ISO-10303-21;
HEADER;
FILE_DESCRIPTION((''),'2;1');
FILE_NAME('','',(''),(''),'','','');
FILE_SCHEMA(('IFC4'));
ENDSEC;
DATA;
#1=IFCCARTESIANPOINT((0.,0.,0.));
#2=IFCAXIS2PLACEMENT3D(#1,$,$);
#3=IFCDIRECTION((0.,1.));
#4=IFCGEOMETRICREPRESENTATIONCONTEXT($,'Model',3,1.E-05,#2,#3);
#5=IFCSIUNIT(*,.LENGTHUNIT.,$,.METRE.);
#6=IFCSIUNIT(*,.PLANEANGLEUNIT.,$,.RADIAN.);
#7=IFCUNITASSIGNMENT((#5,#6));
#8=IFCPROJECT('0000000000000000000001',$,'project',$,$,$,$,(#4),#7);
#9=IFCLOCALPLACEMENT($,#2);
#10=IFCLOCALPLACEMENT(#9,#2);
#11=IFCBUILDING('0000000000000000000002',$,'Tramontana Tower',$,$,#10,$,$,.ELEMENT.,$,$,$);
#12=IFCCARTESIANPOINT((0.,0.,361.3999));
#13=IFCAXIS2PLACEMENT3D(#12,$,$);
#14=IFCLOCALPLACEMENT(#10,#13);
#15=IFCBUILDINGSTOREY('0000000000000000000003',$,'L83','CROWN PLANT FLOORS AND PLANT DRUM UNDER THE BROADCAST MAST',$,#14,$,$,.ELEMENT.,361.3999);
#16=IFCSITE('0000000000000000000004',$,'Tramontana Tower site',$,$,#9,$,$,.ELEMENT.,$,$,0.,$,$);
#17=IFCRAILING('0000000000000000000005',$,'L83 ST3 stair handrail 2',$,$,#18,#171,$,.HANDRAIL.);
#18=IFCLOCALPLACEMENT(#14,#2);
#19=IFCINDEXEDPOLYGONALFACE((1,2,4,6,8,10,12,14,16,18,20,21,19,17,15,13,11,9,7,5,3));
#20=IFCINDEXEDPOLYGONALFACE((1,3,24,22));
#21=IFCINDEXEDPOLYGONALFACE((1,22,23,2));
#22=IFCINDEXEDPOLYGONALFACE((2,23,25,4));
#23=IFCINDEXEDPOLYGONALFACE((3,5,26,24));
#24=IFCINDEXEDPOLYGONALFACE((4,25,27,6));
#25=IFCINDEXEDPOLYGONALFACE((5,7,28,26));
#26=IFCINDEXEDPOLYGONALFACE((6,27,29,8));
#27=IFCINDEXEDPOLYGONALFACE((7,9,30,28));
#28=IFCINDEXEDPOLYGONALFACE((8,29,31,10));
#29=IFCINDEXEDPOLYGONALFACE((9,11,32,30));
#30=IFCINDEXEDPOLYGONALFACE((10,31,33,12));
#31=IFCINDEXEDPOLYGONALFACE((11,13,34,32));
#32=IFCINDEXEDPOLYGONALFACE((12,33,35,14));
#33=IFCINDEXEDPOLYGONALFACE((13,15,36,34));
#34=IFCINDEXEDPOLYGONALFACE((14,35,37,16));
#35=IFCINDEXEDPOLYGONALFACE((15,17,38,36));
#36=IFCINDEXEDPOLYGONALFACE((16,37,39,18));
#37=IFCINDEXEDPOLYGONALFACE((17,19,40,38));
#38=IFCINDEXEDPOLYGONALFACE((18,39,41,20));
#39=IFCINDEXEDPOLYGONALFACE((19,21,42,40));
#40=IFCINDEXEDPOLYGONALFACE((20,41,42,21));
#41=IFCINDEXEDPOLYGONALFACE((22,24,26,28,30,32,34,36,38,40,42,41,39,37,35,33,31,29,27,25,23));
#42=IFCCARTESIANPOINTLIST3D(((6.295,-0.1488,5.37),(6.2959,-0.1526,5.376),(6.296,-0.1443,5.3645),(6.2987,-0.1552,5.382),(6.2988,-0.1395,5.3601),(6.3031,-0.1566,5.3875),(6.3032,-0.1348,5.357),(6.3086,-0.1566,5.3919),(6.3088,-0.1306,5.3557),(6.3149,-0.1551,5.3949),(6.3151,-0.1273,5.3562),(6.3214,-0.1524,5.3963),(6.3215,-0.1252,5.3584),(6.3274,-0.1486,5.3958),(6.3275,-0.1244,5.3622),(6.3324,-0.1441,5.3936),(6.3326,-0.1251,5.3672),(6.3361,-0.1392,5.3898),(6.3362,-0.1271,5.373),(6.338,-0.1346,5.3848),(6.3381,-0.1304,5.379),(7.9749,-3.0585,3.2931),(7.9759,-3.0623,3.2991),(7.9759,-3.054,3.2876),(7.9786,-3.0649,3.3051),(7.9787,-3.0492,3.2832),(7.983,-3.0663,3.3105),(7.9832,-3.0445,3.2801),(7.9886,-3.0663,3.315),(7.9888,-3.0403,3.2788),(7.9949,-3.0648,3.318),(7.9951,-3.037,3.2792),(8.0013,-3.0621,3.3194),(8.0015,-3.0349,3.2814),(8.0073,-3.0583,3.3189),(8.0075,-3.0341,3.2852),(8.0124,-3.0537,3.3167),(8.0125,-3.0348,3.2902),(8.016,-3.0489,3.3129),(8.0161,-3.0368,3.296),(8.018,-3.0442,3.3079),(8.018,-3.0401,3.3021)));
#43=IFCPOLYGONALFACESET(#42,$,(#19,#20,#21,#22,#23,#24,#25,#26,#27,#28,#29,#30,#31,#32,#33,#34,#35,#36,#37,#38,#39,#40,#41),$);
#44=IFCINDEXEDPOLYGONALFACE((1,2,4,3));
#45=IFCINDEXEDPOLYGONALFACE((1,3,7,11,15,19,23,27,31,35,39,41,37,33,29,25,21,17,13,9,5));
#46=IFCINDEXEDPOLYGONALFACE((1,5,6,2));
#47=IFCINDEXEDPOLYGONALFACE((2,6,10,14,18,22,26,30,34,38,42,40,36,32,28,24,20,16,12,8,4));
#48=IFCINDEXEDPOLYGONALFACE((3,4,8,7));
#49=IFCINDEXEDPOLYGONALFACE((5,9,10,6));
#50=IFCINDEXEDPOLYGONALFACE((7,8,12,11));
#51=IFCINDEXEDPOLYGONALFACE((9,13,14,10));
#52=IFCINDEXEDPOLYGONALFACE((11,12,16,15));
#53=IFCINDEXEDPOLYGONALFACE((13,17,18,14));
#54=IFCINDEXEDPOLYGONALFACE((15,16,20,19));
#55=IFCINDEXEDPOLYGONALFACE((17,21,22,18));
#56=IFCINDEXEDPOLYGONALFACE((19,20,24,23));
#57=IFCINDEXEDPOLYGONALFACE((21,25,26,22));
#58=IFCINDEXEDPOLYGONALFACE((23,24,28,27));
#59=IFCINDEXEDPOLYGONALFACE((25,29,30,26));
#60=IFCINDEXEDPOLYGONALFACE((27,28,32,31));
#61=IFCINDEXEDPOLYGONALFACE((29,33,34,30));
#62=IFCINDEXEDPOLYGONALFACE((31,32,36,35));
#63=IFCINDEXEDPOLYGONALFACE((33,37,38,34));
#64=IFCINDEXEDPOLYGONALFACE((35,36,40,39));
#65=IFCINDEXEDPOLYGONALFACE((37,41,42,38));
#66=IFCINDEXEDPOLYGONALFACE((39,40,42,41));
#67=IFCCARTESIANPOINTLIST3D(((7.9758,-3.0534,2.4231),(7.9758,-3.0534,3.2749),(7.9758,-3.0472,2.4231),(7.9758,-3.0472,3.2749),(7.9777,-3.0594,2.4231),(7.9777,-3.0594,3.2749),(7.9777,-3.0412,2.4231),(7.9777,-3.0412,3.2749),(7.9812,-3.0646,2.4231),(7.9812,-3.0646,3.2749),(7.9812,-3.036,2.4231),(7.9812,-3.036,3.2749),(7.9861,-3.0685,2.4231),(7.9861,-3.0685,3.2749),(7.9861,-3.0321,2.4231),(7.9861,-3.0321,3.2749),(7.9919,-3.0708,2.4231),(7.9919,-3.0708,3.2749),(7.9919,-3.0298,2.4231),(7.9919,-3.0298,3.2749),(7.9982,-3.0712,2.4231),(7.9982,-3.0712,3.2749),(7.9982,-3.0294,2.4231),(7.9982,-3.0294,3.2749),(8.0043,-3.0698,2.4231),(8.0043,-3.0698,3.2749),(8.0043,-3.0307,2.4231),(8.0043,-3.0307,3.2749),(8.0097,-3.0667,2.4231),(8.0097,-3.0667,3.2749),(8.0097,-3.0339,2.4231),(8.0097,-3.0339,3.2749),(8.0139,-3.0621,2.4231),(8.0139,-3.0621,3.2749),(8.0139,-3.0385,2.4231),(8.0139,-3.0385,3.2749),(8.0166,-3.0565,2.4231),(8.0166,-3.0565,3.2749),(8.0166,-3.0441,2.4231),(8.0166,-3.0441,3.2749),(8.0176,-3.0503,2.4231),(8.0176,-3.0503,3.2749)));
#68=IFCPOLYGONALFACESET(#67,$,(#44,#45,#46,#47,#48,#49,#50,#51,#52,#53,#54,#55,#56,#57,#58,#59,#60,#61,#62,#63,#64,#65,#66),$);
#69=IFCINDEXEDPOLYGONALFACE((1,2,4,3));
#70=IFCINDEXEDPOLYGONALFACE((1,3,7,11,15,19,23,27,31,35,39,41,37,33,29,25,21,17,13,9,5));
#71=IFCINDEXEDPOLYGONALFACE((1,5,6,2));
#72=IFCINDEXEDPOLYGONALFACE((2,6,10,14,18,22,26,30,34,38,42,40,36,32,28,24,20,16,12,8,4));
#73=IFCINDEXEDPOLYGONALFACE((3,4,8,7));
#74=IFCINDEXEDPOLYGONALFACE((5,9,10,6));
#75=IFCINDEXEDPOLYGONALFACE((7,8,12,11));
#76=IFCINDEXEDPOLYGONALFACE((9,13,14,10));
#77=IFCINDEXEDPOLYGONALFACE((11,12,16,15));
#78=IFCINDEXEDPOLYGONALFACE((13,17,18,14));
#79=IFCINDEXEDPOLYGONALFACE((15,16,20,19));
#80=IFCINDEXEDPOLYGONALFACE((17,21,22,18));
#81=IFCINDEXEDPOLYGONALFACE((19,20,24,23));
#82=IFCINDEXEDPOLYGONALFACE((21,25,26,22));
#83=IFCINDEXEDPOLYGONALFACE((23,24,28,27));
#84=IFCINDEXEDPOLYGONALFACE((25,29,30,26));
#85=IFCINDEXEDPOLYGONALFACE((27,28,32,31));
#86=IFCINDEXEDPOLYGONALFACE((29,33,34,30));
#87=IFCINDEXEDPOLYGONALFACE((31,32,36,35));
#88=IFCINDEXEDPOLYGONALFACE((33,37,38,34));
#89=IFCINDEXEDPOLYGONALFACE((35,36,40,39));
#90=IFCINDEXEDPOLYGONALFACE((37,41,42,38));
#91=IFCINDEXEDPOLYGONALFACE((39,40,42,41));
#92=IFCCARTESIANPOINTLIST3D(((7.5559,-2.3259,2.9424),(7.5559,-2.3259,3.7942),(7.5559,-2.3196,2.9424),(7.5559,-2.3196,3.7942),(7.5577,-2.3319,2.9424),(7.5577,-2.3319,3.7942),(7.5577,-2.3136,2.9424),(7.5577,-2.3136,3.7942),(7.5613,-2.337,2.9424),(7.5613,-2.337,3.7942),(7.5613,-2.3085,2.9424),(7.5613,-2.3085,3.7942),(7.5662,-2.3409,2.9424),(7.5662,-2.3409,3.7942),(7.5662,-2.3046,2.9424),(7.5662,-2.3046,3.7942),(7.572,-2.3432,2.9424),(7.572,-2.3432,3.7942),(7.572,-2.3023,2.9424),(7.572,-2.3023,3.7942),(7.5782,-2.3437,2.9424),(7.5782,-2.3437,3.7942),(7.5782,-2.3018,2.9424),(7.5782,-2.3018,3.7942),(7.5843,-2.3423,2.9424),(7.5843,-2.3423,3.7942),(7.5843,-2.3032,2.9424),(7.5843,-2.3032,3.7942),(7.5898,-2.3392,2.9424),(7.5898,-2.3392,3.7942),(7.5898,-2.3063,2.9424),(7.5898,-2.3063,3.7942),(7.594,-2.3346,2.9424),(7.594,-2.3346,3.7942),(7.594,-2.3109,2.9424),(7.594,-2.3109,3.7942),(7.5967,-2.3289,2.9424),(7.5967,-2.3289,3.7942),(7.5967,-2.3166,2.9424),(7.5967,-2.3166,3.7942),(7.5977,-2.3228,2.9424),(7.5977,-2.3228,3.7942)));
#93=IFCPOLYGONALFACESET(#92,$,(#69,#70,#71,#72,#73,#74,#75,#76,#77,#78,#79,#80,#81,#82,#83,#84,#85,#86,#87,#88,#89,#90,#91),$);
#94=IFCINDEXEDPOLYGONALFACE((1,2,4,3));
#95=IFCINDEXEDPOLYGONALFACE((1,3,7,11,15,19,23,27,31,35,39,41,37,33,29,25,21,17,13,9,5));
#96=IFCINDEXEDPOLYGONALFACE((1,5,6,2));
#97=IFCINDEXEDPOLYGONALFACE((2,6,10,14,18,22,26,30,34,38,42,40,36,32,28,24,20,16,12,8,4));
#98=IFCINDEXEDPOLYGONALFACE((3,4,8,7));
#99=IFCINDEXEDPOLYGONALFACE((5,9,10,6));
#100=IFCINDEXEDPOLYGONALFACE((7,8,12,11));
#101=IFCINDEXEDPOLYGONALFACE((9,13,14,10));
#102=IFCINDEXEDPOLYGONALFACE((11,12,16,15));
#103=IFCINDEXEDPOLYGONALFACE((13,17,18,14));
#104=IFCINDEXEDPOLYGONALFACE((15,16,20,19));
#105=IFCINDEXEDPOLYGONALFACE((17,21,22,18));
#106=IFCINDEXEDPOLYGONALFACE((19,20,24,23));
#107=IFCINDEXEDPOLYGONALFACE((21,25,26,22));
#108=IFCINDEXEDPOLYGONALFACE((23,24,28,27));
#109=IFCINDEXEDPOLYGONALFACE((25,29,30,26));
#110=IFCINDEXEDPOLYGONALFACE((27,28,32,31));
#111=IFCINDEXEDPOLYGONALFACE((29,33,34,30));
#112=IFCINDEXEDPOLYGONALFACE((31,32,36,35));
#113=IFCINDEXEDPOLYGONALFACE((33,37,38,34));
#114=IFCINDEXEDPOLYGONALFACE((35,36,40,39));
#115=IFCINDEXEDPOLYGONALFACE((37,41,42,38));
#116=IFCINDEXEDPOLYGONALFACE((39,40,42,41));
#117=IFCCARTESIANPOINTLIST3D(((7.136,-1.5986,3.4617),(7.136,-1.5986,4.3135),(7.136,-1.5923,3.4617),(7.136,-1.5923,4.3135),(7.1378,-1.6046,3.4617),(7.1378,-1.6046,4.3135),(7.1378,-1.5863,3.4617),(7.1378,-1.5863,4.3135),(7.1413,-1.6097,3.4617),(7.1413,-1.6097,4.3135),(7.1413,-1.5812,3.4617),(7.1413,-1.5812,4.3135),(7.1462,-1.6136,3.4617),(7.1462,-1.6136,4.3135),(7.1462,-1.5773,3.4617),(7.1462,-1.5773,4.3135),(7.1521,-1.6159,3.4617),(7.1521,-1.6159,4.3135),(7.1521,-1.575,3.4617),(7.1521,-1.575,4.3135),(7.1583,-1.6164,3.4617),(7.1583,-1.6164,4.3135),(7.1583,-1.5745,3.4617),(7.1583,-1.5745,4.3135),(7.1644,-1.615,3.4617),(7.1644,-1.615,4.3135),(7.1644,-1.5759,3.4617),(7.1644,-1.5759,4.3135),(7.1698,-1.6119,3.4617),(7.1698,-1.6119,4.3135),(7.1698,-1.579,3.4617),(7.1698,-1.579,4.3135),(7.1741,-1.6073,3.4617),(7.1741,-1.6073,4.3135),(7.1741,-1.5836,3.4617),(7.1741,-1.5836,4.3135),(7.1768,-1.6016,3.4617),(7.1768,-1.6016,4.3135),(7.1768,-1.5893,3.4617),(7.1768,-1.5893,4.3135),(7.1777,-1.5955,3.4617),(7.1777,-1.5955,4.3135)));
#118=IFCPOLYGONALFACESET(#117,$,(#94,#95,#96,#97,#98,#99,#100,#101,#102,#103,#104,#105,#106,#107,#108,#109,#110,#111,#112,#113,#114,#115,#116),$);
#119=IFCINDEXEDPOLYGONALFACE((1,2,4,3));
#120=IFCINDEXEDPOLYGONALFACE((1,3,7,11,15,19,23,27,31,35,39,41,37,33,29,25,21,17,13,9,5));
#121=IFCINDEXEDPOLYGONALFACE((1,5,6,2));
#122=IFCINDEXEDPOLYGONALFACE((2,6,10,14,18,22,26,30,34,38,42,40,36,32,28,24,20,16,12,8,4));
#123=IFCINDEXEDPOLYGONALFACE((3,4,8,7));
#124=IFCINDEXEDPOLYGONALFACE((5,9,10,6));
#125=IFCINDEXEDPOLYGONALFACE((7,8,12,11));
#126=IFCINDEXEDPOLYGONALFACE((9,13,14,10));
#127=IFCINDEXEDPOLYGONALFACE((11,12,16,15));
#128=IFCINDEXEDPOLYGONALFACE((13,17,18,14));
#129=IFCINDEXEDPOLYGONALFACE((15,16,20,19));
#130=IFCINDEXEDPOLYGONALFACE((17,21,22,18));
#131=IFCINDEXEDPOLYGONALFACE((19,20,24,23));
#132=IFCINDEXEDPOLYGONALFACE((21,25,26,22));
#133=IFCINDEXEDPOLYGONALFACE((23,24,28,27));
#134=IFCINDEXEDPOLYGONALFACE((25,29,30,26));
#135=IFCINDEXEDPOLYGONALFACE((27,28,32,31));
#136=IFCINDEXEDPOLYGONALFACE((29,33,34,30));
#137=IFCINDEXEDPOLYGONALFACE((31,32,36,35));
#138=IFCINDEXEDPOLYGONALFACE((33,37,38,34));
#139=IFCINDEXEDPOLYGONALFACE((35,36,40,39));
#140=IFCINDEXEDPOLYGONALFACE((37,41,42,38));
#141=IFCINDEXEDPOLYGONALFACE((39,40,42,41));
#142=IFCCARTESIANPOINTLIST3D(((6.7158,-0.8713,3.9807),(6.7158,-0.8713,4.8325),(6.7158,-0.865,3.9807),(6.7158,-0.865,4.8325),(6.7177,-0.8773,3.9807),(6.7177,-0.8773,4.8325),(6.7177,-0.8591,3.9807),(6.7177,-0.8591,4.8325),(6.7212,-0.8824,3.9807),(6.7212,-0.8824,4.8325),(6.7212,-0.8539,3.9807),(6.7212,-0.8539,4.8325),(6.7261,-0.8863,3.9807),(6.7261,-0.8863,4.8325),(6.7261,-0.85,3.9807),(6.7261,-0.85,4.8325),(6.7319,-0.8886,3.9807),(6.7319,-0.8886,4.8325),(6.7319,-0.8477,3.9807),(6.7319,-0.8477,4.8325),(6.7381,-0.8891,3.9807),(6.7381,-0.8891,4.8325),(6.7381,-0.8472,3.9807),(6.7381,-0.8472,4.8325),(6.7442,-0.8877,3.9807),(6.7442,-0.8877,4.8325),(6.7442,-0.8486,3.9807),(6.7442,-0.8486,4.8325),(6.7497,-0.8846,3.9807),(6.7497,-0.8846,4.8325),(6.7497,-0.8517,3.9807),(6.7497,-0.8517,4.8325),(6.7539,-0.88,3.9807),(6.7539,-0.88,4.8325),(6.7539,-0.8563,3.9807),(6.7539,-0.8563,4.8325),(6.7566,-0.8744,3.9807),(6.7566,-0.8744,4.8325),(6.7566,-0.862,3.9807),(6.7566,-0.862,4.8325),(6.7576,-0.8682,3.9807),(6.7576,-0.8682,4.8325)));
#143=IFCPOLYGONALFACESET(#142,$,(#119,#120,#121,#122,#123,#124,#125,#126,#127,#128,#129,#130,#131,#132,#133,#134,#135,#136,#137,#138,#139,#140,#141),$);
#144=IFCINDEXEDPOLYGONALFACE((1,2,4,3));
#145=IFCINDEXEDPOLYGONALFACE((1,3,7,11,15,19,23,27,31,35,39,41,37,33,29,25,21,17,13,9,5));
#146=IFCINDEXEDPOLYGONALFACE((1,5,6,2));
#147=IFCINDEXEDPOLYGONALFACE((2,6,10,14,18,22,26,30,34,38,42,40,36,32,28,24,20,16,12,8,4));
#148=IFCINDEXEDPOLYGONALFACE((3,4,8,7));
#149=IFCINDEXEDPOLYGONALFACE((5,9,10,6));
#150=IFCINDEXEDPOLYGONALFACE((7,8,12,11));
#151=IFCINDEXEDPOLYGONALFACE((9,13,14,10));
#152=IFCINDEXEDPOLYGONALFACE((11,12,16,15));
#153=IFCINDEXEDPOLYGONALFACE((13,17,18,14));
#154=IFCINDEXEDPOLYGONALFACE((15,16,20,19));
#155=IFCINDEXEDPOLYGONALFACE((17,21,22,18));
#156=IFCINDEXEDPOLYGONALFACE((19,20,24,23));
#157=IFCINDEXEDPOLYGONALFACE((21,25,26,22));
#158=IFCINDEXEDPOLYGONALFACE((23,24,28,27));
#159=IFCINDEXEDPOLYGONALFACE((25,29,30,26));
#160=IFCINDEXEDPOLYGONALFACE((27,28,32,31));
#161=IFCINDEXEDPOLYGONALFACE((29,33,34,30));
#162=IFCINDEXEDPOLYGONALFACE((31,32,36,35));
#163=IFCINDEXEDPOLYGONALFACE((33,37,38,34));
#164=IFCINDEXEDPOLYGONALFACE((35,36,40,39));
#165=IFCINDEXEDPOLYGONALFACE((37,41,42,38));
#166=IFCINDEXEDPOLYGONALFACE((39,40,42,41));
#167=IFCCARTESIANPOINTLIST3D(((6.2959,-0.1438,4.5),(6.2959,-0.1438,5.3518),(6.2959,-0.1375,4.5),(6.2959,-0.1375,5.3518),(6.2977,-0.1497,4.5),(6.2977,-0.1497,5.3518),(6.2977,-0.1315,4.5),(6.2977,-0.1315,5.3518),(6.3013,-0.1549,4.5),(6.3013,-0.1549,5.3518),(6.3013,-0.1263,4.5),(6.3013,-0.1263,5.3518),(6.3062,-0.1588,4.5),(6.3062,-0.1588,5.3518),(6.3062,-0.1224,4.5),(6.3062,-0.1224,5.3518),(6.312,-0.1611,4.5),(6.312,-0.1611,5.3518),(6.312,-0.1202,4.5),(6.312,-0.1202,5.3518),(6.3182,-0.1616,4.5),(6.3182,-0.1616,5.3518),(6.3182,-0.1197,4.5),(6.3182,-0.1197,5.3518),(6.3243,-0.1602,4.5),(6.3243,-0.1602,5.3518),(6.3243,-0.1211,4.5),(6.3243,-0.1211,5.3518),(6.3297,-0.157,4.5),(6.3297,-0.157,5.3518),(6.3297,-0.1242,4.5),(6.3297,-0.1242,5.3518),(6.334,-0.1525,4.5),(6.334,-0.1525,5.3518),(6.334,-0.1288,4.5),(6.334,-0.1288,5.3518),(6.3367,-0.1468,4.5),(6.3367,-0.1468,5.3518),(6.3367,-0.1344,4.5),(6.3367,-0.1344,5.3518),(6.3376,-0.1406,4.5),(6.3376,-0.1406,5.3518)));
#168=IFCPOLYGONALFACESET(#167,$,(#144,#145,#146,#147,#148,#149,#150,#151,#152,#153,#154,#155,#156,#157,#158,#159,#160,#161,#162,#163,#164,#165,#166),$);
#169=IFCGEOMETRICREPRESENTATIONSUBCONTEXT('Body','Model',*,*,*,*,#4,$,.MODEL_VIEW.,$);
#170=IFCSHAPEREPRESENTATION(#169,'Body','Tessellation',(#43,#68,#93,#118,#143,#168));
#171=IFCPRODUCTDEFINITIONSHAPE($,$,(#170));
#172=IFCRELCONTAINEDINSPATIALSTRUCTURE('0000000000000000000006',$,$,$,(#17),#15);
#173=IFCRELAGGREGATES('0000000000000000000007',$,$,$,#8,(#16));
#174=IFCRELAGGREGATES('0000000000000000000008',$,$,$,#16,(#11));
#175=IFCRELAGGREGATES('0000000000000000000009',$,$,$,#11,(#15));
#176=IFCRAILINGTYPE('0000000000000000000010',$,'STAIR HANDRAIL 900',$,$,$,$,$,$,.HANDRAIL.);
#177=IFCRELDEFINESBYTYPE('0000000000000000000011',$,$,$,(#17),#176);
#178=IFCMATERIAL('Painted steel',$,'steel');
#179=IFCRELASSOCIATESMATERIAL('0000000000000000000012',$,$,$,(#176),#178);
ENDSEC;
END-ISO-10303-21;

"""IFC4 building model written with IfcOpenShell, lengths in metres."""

from ifc_helpers import new_model, si_unit, direction, frame, origin, origin_2d, place, context, subcontext, project, spatial, circle, extrude, material, type_object, element, save


model = new_model("IFC4")

# Units and contexts
model_context = context("Model", 3, precision=1e-05, world=origin(), true_north=direction((0.0, 1.0)))
body_context = subcontext(model_context, "Body", "Model", "MODEL_VIEW")
ifc_project = project(units=[si_unit("LENGTHUNIT", "METRE"), si_unit("PLANEANGLEUNIT", "RADIAN")], contexts=[model_context])

# Site, building, storey
site_placement = place(None, origin())
site = spatial("IfcSite", under=ifc_project, at=site_placement, Name="Tramontana Tower site", CompositionType="ELEMENT", RefElevation=0.0)
building_placement = place(site_placement, origin())
building = spatial("IfcBuilding", under=site, at=building_placement, Name="Tramontana Tower", CompositionType="ELEMENT")
storey_placement = place(building_placement, frame((0.0, 0.0, 361.3999)))
storey = spatial("IfcBuildingStorey", under=building, at=storey_placement, Name="L83", Description="CROWN PLANT FLOORS AND PLANT DRUM UNDER THE BROADCAST MAST", CompositionType="ELEMENT", Elevation=361.3999)

# Railing
ifc_material_1 = material(Name="Painted steel", Category="steel")
railing_type_1 = type_object("IfcRailingType", Name="STAIR HANDRAIL 900", PredefinedType="HANDRAIL", material=ifc_material_1)
railing_1_placement = place(storey_placement, frame((7.9966, -3.0503, 2.4231)))
element("IfcRailing", 1, at=railing_1_placement, inside=storey, type_object=railing_type_1, Name="L83 ST3 stair handrail 2", PredefinedType="HANDRAIL", context=body_context, shape_type="SweptSolid", body=[
    extrude(circle(Radius=0.0239, at=origin_2d()), frame((0.0, 0.0, 0.876), z_axis=(-0.425308, 0.73664, 0.525809), x_axis=(-0.866021, -0.500008, 0.0)), (0.0, 0.0, 1.0), 3.95),
    extrude(circle(Radius=0.021, at=origin_2d()), origin(), (0.0, 0.0, 1.0), 0.8518),
    extrude(circle(Radius=0.021, at=origin_2d()), frame((-0.4199, 0.7275, 0.5193)), (0.0, 0.0, 1.0), 0.8518),
    extrude(circle(Radius=0.021, at=origin_2d()), frame((-0.8398, 1.4548, 1.0386)), (0.0, 0.0, 1.0), 0.8518),
    extrude(circle(Radius=0.021, at=origin_2d()), frame((-1.26, 2.1821, 1.5576)), (0.0, 0.0, 1.0), 0.8518),
    extrude(circle(Radius=0.021, at=origin_2d()), frame((-1.6799, 2.9097, 2.0769)), (0.0, 0.0, 1.0), 0.8518),
])

save(model, "model.ifc")
